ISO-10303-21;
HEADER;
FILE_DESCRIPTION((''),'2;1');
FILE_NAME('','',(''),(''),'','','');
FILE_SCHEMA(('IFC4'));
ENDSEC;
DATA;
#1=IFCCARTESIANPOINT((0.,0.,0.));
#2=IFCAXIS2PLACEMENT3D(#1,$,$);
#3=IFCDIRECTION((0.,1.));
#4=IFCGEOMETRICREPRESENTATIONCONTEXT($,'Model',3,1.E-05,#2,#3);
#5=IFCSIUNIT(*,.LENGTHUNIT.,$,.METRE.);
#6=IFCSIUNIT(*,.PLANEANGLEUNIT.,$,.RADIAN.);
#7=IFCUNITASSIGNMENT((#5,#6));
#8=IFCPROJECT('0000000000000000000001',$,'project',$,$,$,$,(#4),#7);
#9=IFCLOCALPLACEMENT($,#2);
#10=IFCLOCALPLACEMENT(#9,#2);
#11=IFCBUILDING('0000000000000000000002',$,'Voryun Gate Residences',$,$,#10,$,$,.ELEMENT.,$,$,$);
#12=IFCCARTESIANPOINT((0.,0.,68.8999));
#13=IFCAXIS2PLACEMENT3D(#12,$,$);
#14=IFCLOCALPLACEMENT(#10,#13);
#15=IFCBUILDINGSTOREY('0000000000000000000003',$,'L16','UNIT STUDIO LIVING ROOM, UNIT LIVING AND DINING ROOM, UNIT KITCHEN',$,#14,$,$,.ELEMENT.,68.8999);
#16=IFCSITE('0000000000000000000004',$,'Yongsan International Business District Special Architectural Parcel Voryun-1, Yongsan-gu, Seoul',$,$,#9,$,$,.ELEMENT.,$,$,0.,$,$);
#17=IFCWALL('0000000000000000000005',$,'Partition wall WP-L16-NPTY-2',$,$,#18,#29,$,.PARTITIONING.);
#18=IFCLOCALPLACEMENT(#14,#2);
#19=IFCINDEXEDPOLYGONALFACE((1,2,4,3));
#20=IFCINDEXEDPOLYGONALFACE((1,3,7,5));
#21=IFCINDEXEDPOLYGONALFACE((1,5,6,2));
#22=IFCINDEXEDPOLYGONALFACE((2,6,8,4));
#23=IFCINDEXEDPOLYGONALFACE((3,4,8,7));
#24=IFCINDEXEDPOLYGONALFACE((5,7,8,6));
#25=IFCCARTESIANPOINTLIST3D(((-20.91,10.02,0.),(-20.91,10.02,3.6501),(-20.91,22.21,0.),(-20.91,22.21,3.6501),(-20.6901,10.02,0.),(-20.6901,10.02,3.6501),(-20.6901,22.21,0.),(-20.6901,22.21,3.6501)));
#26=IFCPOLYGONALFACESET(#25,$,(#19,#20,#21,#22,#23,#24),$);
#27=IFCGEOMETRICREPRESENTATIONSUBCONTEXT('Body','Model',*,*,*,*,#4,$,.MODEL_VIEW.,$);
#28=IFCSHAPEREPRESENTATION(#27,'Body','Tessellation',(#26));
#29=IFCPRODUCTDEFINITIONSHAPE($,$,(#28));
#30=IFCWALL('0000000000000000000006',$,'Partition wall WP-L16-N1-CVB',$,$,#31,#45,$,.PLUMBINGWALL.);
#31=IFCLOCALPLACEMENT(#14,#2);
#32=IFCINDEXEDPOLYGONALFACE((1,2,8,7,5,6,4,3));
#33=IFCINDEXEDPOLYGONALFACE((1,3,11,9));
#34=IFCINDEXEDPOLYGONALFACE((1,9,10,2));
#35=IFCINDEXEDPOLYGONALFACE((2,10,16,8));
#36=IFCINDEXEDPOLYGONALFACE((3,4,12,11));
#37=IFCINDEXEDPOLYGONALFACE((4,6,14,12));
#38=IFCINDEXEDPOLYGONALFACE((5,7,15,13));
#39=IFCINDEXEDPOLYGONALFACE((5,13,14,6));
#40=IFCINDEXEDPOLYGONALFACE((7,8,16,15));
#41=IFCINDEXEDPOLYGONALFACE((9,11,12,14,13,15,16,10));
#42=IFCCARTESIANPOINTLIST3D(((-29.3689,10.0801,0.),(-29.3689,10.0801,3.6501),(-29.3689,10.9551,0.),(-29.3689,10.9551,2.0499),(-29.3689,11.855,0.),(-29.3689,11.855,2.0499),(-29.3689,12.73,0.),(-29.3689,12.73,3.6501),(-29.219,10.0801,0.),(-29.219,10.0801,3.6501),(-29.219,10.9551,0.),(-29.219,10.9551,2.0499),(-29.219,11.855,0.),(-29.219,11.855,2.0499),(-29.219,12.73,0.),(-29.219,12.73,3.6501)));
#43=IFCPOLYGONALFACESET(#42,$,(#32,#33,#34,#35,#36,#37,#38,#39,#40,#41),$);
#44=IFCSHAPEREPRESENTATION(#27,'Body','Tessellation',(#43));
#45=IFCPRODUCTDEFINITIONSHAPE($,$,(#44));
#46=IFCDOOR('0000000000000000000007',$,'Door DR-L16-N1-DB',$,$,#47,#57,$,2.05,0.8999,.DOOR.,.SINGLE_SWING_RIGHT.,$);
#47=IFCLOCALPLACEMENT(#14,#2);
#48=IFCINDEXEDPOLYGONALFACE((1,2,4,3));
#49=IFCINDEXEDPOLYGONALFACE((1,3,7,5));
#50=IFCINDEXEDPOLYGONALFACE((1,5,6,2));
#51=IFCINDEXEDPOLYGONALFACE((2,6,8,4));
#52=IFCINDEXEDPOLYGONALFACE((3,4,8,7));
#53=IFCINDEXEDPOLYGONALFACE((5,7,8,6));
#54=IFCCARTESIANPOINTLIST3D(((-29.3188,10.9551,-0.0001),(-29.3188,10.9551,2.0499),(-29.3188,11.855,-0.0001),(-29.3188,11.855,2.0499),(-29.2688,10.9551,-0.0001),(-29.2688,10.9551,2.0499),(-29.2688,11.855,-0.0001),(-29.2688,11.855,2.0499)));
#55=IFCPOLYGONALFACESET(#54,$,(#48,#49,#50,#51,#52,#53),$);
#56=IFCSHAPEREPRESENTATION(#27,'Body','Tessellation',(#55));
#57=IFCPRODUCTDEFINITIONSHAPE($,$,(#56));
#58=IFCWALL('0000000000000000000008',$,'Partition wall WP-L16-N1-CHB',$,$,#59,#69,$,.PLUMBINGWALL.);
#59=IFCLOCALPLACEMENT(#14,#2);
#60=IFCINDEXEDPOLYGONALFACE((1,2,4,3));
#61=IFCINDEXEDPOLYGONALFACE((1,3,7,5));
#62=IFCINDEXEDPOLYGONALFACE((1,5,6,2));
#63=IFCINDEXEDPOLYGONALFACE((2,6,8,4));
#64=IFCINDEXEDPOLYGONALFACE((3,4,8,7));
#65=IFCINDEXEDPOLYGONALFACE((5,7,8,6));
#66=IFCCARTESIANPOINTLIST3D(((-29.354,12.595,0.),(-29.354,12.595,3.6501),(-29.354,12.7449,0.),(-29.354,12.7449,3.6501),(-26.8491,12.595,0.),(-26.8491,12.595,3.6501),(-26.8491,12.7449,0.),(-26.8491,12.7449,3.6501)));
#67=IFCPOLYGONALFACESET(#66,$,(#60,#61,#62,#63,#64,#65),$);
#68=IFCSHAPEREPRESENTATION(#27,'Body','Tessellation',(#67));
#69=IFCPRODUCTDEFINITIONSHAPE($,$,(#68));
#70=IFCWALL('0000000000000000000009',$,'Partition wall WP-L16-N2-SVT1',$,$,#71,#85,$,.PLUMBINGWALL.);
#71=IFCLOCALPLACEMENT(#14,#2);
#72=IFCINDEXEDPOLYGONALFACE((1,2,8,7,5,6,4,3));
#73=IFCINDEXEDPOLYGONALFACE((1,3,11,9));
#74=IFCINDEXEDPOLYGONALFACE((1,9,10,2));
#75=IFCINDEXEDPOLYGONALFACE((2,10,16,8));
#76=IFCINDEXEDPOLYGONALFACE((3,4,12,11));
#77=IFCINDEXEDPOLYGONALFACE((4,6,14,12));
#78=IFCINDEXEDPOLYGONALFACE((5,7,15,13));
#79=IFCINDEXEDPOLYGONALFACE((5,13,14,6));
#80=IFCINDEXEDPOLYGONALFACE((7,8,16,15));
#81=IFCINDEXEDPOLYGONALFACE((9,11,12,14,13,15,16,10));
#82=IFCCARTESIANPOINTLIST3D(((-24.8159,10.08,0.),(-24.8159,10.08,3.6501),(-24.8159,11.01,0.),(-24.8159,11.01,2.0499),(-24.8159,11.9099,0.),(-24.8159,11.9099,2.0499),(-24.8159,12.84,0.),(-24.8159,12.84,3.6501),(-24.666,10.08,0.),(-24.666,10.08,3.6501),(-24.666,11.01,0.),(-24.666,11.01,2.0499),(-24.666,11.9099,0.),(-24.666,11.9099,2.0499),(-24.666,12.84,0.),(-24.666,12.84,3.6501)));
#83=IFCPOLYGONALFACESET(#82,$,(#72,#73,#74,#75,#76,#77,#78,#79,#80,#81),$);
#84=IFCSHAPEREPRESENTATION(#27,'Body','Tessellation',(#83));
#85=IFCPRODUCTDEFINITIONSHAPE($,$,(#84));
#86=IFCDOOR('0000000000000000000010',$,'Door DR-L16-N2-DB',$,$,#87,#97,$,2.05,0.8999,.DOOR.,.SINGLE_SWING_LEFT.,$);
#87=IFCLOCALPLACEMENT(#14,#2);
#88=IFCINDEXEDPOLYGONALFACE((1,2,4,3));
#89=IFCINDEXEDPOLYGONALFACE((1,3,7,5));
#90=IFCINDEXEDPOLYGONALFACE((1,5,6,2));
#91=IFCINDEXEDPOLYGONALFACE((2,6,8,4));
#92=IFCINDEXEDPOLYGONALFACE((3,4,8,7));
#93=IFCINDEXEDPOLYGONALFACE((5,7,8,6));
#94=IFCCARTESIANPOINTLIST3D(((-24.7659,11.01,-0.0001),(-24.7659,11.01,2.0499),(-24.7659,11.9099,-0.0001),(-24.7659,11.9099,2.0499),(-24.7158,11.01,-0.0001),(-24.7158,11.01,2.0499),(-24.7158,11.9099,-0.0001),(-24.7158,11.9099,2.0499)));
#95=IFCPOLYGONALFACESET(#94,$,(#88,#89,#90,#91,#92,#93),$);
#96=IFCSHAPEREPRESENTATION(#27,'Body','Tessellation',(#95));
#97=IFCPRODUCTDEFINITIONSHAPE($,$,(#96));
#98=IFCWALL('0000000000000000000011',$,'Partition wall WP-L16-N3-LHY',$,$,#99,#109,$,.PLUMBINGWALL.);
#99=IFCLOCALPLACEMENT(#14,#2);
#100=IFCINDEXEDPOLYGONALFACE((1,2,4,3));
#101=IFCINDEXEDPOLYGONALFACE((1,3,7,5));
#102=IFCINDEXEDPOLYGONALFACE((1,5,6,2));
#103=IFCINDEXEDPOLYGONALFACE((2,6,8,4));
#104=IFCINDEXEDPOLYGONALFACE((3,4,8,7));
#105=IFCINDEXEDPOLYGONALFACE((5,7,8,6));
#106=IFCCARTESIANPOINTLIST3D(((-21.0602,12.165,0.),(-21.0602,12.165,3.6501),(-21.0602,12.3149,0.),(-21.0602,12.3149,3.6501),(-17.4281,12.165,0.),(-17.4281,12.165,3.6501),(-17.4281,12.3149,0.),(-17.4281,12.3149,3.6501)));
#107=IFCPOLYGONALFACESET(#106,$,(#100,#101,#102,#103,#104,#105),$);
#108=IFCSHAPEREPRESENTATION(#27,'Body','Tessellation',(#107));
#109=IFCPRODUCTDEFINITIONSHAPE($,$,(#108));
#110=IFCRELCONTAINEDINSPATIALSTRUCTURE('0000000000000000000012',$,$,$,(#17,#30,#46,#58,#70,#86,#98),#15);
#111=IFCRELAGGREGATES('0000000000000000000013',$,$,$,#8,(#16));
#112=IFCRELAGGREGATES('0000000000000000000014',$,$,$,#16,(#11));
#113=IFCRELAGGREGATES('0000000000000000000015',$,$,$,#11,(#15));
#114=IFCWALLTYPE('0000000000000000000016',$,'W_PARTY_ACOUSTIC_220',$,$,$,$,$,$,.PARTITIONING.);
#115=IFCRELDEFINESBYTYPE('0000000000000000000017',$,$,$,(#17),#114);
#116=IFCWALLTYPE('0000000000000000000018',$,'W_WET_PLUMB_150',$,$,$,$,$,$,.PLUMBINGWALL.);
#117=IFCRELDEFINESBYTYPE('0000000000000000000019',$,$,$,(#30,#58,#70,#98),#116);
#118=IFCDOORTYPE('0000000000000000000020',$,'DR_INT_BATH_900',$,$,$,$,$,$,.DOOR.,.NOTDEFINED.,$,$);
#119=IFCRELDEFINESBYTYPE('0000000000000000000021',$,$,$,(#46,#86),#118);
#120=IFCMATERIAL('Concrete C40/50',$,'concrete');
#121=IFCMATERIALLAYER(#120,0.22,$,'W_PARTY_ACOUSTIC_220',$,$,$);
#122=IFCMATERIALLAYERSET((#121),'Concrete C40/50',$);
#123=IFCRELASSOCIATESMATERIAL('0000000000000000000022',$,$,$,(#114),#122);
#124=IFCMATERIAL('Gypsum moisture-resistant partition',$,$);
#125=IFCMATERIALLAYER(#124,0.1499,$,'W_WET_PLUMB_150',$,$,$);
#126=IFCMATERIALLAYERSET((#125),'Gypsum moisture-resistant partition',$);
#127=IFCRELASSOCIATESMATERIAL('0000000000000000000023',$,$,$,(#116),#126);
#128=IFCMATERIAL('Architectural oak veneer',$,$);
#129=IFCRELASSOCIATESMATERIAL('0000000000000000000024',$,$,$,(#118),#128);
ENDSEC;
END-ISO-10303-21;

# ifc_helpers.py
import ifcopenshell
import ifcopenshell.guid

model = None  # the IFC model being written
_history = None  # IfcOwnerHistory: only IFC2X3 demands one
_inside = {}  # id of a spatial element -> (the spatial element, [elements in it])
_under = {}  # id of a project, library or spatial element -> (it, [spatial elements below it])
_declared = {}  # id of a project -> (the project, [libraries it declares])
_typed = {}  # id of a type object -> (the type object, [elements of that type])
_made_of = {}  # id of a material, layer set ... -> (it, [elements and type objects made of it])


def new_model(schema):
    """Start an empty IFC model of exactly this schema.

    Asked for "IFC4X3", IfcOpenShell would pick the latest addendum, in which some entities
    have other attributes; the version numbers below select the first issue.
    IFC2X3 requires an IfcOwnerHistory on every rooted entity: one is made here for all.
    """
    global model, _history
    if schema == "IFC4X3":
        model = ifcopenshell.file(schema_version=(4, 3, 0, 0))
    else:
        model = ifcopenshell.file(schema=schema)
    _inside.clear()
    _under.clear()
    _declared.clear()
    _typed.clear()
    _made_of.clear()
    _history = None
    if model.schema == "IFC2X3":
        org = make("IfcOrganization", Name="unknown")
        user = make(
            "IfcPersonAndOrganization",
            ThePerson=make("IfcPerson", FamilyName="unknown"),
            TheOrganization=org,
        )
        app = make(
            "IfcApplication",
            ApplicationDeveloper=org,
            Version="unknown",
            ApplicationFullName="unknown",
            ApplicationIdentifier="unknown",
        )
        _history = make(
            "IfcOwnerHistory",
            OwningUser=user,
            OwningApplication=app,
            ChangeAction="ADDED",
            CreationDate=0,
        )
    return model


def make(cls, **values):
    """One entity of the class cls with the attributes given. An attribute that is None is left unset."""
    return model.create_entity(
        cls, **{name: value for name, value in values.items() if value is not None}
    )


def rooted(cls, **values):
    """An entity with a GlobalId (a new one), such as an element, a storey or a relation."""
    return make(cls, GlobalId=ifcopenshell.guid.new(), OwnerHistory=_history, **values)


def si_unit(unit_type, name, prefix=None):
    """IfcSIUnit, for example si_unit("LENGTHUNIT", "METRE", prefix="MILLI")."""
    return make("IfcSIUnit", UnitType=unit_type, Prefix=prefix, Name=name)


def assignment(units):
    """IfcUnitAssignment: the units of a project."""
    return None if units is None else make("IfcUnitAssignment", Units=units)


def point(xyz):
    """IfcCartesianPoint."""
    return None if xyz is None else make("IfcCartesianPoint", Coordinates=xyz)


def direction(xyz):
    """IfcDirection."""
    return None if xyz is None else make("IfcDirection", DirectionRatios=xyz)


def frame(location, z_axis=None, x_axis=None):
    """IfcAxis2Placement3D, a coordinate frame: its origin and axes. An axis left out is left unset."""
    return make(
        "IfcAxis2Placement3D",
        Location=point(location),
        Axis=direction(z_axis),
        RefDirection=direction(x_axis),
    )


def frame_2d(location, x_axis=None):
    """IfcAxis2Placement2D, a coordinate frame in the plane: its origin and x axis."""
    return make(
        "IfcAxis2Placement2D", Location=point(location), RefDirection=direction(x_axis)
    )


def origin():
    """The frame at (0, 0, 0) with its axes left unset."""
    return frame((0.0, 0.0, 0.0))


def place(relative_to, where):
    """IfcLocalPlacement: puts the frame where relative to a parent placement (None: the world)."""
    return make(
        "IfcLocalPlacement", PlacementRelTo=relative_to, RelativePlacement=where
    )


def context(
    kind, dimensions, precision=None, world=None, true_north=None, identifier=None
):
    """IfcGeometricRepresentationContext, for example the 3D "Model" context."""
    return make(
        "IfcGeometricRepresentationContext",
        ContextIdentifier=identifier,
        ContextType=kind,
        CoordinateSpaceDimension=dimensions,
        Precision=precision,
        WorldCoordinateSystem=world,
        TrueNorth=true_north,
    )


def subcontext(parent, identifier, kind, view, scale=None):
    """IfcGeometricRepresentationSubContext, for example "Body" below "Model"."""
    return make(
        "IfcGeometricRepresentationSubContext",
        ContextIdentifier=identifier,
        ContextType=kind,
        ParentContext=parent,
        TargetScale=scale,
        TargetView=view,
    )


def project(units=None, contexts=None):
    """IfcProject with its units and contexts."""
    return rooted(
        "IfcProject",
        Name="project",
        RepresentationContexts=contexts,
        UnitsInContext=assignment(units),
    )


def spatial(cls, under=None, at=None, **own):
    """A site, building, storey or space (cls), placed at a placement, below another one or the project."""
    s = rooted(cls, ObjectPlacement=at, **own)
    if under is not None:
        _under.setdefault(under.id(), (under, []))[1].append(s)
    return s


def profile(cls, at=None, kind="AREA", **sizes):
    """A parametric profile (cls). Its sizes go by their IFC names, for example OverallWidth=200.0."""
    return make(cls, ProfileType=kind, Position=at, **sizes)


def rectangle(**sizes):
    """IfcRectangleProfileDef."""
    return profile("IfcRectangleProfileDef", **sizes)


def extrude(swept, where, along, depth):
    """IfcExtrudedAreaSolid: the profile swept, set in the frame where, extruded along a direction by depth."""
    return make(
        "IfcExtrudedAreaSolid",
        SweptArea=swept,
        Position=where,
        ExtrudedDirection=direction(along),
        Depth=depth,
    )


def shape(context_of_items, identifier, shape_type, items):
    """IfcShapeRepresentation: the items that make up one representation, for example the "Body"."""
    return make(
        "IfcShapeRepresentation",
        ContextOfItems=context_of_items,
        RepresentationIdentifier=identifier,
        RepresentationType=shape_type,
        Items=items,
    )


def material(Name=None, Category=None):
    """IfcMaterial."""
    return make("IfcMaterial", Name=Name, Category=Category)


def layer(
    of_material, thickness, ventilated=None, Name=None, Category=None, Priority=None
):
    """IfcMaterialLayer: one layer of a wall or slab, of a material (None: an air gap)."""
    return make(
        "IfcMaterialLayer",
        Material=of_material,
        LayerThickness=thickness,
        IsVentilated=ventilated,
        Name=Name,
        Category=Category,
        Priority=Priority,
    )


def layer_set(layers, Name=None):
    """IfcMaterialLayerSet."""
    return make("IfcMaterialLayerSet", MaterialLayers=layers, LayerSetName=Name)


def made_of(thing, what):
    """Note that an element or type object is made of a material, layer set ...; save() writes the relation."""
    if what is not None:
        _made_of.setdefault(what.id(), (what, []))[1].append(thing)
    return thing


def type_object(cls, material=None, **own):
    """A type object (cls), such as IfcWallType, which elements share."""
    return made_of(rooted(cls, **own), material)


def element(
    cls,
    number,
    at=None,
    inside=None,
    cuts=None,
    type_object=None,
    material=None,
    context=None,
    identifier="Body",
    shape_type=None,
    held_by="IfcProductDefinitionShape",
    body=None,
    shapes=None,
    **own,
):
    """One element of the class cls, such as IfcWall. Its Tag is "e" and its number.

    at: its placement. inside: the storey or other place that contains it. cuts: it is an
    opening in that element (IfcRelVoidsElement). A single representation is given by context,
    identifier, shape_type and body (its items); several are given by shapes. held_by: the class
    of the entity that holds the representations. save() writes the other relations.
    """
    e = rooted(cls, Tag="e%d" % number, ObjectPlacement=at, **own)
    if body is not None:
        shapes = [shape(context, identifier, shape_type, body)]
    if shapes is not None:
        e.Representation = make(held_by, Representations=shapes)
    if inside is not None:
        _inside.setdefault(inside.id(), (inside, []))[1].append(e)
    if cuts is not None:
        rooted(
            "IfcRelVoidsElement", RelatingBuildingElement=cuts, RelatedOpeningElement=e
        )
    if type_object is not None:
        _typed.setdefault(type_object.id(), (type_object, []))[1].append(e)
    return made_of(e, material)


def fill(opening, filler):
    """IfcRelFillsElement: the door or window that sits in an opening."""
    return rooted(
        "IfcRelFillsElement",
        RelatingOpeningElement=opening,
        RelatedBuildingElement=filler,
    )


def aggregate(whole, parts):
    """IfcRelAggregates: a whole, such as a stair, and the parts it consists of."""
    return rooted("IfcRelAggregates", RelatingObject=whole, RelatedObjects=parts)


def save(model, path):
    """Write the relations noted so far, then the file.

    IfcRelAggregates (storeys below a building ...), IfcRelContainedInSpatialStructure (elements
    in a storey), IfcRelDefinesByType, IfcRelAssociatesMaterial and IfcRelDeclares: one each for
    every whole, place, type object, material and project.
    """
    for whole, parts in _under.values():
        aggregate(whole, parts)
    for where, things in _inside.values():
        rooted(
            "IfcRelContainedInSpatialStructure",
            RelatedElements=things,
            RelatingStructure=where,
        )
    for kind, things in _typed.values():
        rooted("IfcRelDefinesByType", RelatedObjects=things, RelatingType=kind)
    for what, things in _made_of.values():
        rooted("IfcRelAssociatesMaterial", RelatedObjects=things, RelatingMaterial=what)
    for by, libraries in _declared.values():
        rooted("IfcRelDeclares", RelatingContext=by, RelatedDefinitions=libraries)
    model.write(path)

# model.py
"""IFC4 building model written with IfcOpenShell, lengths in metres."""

from ifc_helpers import new_model, si_unit, direction, frame, frame_2d, origin, place, context, subcontext, project, spatial, rectangle, extrude, material, layer, layer_set, type_object, element, fill, save


model = new_model("IFC4")

# Units and contexts
model_context = context("Model", 3, precision=1e-05, world=origin(), true_north=direction((0.0, 1.0)))
body_context = subcontext(model_context, "Body", "Model", "MODEL_VIEW")
ifc_project = project(units=[si_unit("LENGTHUNIT", "METRE"), si_unit("PLANEANGLEUNIT", "RADIAN")], contexts=[model_context])

# Site, building, storey
site_placement = place(None, origin())
site = spatial("IfcSite", under=ifc_project, at=site_placement, Name="Yongsan International Business District Special Architectural Parcel Voryun-1, Yongsan-gu, Seoul", CompositionType="ELEMENT", RefElevation=0.0)
building_placement = place(site_placement, origin())
building = spatial("IfcBuilding", under=site, at=building_placement, Name="Voryun Gate Residences", CompositionType="ELEMENT")
storey_placement = place(building_placement, frame((0.0, 0.0, 68.8999)))
storey = spatial("IfcBuildingStorey", under=building, at=storey_placement, Name="L16", Description="UNIT STUDIO LIVING ROOM, UNIT LIVING AND DINING ROOM, UNIT KITCHEN", CompositionType="ELEMENT", Elevation=68.8999)

# Wall
ifc_material_1 = material(Name="Concrete C40/50", Category="concrete")
ifc_layer_1 = layer(ifc_material_1, 0.22, Name="W_PARTY_ACOUSTIC_220")
ifc_layer_set_1 = layer_set([ifc_layer_1], Name="Concrete C40/50")
wall_type_1 = type_object("IfcWallType", Name="W_PARTY_ACOUSTIC_220", PredefinedType="PARTITIONING", material=ifc_layer_set_1)
wall_1_placement = place(storey_placement, frame((-20.8, 10.02, 0.0), z_axis=(0.0, 0.0, 1.0), x_axis=(0.0, 1.0, 0.0)))
element("IfcWall", 1, at=wall_1_placement, inside=storey, type_object=wall_type_1, Name="Partition wall WP-L16-NPTY-2", PredefinedType="PARTITIONING", context=body_context, shape_type="SweptSolid", body=[
    extrude(rectangle(XDim=12.1899, YDim=0.22, at=frame_2d((6.095, 0.0))), origin(), (0.0, 0.0, 1.0), 3.6501),
])

# Wall, opening, door
ifc_material_2 = material(Name="Gypsum moisture-resistant partition")
ifc_layer_2 = layer(ifc_material_2, 0.1499, Name="W_WET_PLUMB_150")
ifc_layer_set_2 = layer_set([ifc_layer_2], Name="Gypsum moisture-resistant partition")
wall_type_2 = type_object("IfcWallType", Name="W_WET_PLUMB_150", PredefinedType="PLUMBINGWALL", material=ifc_layer_set_2)
wall_2_placement = place(storey_placement, frame((-29.2939, 10.0801, 0.0), z_axis=(0.0, 0.0, 1.0), x_axis=(0.0, 1.0, 0.0)))
wall_2 = element("IfcWall", 2, at=wall_2_placement, inside=storey, type_object=wall_type_2, Name="Partition wall WP-L16-N1-CVB", PredefinedType="PLUMBINGWALL", context=body_context, shape_type="SweptSolid", body=[
    extrude(rectangle(XDim=2.6499, YDim=0.1499, at=frame_2d((1.325, 0.0))), origin(), (0.0, 0.0, 1.0), 3.6501),
])
opening_1_placement = place(wall_2_placement, frame((0.875, 0.0, 0.0)))
opening_1 = element("IfcOpeningElement", 3, at=opening_1_placement, cuts=wall_2, PredefinedType="OPENING", context=body_context, shape_type="SweptSolid", body=[
    extrude(rectangle(XDim=0.8999, YDim=2.05, at=frame_2d((0.45, 1.0249))), frame((0.0, 0.085, 0.0), z_axis=(0.0, -1.0, 0.0), x_axis=(1.0, 0.0, 0.0)), (0.0, 0.0, 1.0), 0.1699),
])
ifc_material_3 = material(Name="Architectural oak veneer")
door_type = type_object("IfcDoorType", Name="DR_INT_BATH_900", OperationType="NOTDEFINED", PredefinedType="DOOR", material=ifc_material_3)
door_1_placement = place(opening_1_placement, origin())
door_1 = element("IfcDoor", 4, at=door_1_placement, inside=storey, type_object=door_type, Name="Door DR-L16-N1-DB", OperationType="SINGLE_SWING_RIGHT", OverallHeight=2.05, OverallWidth=0.8999, PredefinedType="DOOR", context=body_context, shape_type="SweptSolid", body=[
    extrude(rectangle(XDim=0.8999, YDim=2.05, at=frame_2d((0.45, 1.0249))), frame((0.0, 0.0249, 0.0), z_axis=(0.0, -1.0, 0.0), x_axis=(1.0, 0.0, 0.0)), (0.0, 0.0, 1.0), 0.05),
])
fill(opening_1, door_1)

# Wall
wall_3_placement = place(storey_placement, frame((-29.354, 12.6699, 0.0), z_axis=(0.0, 0.0, 1.0), x_axis=(1.0, 0.0, 0.0)))
element("IfcWall", 5, at=wall_3_placement, inside=storey, type_object=wall_type_2, Name="Partition wall WP-L16-N1-CHB", PredefinedType="PLUMBINGWALL", context=body_context, shape_type="SweptSolid", body=[
    extrude(rectangle(XDim=2.5049, YDim=0.1499, at=frame_2d((1.2524, 0.0))), origin(), (0.0, 0.0, 1.0), 3.6501),
])

# Wall, opening, door
wall_4_placement = place(storey_placement, frame((-24.741, 10.0801, 0.0), z_axis=(0.0, 0.0, 1.0), x_axis=(0.0, 1.0, 0.0)))
wall_4 = element("IfcWall", 6, at=wall_4_placement, inside=storey, type_object=wall_type_2, Name="Partition wall WP-L16-N2-SVT1", PredefinedType="PLUMBINGWALL", context=body_context, shape_type="SweptSolid", body=[
    extrude(rectangle(XDim=2.76, YDim=0.1499, at=frame_2d((1.3799, 0.0))), origin(), (0.0, 0.0, 1.0), 3.6501),
])
opening_2_placement = place(wall_4_placement, frame((0.9299, 0.0, 0.0)))
opening_2 = element("IfcOpeningElement", 7, at=opening_2_placement, cuts=wall_4, PredefinedType="OPENING", context=body_context, shape_type="SweptSolid", body=[
    extrude(rectangle(XDim=0.8999, YDim=2.05, at=frame_2d((0.45, 1.0249))), frame((0.0, 0.085, 0.0), z_axis=(0.0, -1.0, 0.0), x_axis=(1.0, 0.0, 0.0)), (0.0, 0.0, 1.0), 0.1699),
])
door_2_placement = place(opening_2_placement, origin())
door_2 = element("IfcDoor", 8, at=door_2_placement, inside=storey, type_object=door_type, Name="Door DR-L16-N2-DB", OperationType="SINGLE_SWING_LEFT", OverallHeight=2.05, OverallWidth=0.8999, PredefinedType="DOOR", context=body_context, shape_type="SweptSolid", body=[
    extrude(rectangle(XDim=0.8999, YDim=2.05, at=frame_2d((0.45, 1.0249))), frame((0.0, 0.0249, 0.0), z_axis=(0.0, -1.0, 0.0), x_axis=(1.0, 0.0, 0.0)), (0.0, 0.0, 1.0), 0.05),
])
fill(opening_2, door_2)

# Wall
wall_5_placement = place(storey_placement, frame((-21.0601, 12.24, 0.0), z_axis=(0.0, 0.0, 1.0), x_axis=(1.0, 0.0, 0.0)))
element("IfcWall", 9, at=wall_5_placement, inside=storey, type_object=wall_type_2, Name="Partition wall WP-L16-N3-LHY", PredefinedType="PLUMBINGWALL", context=body_context, shape_type="SweptSolid", body=[
    extrude(rectangle(XDim=3.6321, YDim=0.1499, at=frame_2d((1.8159, 0.0))), origin(), (0.0, 0.0, 1.0), 3.6501),
])

save(model, "model.ifc")
